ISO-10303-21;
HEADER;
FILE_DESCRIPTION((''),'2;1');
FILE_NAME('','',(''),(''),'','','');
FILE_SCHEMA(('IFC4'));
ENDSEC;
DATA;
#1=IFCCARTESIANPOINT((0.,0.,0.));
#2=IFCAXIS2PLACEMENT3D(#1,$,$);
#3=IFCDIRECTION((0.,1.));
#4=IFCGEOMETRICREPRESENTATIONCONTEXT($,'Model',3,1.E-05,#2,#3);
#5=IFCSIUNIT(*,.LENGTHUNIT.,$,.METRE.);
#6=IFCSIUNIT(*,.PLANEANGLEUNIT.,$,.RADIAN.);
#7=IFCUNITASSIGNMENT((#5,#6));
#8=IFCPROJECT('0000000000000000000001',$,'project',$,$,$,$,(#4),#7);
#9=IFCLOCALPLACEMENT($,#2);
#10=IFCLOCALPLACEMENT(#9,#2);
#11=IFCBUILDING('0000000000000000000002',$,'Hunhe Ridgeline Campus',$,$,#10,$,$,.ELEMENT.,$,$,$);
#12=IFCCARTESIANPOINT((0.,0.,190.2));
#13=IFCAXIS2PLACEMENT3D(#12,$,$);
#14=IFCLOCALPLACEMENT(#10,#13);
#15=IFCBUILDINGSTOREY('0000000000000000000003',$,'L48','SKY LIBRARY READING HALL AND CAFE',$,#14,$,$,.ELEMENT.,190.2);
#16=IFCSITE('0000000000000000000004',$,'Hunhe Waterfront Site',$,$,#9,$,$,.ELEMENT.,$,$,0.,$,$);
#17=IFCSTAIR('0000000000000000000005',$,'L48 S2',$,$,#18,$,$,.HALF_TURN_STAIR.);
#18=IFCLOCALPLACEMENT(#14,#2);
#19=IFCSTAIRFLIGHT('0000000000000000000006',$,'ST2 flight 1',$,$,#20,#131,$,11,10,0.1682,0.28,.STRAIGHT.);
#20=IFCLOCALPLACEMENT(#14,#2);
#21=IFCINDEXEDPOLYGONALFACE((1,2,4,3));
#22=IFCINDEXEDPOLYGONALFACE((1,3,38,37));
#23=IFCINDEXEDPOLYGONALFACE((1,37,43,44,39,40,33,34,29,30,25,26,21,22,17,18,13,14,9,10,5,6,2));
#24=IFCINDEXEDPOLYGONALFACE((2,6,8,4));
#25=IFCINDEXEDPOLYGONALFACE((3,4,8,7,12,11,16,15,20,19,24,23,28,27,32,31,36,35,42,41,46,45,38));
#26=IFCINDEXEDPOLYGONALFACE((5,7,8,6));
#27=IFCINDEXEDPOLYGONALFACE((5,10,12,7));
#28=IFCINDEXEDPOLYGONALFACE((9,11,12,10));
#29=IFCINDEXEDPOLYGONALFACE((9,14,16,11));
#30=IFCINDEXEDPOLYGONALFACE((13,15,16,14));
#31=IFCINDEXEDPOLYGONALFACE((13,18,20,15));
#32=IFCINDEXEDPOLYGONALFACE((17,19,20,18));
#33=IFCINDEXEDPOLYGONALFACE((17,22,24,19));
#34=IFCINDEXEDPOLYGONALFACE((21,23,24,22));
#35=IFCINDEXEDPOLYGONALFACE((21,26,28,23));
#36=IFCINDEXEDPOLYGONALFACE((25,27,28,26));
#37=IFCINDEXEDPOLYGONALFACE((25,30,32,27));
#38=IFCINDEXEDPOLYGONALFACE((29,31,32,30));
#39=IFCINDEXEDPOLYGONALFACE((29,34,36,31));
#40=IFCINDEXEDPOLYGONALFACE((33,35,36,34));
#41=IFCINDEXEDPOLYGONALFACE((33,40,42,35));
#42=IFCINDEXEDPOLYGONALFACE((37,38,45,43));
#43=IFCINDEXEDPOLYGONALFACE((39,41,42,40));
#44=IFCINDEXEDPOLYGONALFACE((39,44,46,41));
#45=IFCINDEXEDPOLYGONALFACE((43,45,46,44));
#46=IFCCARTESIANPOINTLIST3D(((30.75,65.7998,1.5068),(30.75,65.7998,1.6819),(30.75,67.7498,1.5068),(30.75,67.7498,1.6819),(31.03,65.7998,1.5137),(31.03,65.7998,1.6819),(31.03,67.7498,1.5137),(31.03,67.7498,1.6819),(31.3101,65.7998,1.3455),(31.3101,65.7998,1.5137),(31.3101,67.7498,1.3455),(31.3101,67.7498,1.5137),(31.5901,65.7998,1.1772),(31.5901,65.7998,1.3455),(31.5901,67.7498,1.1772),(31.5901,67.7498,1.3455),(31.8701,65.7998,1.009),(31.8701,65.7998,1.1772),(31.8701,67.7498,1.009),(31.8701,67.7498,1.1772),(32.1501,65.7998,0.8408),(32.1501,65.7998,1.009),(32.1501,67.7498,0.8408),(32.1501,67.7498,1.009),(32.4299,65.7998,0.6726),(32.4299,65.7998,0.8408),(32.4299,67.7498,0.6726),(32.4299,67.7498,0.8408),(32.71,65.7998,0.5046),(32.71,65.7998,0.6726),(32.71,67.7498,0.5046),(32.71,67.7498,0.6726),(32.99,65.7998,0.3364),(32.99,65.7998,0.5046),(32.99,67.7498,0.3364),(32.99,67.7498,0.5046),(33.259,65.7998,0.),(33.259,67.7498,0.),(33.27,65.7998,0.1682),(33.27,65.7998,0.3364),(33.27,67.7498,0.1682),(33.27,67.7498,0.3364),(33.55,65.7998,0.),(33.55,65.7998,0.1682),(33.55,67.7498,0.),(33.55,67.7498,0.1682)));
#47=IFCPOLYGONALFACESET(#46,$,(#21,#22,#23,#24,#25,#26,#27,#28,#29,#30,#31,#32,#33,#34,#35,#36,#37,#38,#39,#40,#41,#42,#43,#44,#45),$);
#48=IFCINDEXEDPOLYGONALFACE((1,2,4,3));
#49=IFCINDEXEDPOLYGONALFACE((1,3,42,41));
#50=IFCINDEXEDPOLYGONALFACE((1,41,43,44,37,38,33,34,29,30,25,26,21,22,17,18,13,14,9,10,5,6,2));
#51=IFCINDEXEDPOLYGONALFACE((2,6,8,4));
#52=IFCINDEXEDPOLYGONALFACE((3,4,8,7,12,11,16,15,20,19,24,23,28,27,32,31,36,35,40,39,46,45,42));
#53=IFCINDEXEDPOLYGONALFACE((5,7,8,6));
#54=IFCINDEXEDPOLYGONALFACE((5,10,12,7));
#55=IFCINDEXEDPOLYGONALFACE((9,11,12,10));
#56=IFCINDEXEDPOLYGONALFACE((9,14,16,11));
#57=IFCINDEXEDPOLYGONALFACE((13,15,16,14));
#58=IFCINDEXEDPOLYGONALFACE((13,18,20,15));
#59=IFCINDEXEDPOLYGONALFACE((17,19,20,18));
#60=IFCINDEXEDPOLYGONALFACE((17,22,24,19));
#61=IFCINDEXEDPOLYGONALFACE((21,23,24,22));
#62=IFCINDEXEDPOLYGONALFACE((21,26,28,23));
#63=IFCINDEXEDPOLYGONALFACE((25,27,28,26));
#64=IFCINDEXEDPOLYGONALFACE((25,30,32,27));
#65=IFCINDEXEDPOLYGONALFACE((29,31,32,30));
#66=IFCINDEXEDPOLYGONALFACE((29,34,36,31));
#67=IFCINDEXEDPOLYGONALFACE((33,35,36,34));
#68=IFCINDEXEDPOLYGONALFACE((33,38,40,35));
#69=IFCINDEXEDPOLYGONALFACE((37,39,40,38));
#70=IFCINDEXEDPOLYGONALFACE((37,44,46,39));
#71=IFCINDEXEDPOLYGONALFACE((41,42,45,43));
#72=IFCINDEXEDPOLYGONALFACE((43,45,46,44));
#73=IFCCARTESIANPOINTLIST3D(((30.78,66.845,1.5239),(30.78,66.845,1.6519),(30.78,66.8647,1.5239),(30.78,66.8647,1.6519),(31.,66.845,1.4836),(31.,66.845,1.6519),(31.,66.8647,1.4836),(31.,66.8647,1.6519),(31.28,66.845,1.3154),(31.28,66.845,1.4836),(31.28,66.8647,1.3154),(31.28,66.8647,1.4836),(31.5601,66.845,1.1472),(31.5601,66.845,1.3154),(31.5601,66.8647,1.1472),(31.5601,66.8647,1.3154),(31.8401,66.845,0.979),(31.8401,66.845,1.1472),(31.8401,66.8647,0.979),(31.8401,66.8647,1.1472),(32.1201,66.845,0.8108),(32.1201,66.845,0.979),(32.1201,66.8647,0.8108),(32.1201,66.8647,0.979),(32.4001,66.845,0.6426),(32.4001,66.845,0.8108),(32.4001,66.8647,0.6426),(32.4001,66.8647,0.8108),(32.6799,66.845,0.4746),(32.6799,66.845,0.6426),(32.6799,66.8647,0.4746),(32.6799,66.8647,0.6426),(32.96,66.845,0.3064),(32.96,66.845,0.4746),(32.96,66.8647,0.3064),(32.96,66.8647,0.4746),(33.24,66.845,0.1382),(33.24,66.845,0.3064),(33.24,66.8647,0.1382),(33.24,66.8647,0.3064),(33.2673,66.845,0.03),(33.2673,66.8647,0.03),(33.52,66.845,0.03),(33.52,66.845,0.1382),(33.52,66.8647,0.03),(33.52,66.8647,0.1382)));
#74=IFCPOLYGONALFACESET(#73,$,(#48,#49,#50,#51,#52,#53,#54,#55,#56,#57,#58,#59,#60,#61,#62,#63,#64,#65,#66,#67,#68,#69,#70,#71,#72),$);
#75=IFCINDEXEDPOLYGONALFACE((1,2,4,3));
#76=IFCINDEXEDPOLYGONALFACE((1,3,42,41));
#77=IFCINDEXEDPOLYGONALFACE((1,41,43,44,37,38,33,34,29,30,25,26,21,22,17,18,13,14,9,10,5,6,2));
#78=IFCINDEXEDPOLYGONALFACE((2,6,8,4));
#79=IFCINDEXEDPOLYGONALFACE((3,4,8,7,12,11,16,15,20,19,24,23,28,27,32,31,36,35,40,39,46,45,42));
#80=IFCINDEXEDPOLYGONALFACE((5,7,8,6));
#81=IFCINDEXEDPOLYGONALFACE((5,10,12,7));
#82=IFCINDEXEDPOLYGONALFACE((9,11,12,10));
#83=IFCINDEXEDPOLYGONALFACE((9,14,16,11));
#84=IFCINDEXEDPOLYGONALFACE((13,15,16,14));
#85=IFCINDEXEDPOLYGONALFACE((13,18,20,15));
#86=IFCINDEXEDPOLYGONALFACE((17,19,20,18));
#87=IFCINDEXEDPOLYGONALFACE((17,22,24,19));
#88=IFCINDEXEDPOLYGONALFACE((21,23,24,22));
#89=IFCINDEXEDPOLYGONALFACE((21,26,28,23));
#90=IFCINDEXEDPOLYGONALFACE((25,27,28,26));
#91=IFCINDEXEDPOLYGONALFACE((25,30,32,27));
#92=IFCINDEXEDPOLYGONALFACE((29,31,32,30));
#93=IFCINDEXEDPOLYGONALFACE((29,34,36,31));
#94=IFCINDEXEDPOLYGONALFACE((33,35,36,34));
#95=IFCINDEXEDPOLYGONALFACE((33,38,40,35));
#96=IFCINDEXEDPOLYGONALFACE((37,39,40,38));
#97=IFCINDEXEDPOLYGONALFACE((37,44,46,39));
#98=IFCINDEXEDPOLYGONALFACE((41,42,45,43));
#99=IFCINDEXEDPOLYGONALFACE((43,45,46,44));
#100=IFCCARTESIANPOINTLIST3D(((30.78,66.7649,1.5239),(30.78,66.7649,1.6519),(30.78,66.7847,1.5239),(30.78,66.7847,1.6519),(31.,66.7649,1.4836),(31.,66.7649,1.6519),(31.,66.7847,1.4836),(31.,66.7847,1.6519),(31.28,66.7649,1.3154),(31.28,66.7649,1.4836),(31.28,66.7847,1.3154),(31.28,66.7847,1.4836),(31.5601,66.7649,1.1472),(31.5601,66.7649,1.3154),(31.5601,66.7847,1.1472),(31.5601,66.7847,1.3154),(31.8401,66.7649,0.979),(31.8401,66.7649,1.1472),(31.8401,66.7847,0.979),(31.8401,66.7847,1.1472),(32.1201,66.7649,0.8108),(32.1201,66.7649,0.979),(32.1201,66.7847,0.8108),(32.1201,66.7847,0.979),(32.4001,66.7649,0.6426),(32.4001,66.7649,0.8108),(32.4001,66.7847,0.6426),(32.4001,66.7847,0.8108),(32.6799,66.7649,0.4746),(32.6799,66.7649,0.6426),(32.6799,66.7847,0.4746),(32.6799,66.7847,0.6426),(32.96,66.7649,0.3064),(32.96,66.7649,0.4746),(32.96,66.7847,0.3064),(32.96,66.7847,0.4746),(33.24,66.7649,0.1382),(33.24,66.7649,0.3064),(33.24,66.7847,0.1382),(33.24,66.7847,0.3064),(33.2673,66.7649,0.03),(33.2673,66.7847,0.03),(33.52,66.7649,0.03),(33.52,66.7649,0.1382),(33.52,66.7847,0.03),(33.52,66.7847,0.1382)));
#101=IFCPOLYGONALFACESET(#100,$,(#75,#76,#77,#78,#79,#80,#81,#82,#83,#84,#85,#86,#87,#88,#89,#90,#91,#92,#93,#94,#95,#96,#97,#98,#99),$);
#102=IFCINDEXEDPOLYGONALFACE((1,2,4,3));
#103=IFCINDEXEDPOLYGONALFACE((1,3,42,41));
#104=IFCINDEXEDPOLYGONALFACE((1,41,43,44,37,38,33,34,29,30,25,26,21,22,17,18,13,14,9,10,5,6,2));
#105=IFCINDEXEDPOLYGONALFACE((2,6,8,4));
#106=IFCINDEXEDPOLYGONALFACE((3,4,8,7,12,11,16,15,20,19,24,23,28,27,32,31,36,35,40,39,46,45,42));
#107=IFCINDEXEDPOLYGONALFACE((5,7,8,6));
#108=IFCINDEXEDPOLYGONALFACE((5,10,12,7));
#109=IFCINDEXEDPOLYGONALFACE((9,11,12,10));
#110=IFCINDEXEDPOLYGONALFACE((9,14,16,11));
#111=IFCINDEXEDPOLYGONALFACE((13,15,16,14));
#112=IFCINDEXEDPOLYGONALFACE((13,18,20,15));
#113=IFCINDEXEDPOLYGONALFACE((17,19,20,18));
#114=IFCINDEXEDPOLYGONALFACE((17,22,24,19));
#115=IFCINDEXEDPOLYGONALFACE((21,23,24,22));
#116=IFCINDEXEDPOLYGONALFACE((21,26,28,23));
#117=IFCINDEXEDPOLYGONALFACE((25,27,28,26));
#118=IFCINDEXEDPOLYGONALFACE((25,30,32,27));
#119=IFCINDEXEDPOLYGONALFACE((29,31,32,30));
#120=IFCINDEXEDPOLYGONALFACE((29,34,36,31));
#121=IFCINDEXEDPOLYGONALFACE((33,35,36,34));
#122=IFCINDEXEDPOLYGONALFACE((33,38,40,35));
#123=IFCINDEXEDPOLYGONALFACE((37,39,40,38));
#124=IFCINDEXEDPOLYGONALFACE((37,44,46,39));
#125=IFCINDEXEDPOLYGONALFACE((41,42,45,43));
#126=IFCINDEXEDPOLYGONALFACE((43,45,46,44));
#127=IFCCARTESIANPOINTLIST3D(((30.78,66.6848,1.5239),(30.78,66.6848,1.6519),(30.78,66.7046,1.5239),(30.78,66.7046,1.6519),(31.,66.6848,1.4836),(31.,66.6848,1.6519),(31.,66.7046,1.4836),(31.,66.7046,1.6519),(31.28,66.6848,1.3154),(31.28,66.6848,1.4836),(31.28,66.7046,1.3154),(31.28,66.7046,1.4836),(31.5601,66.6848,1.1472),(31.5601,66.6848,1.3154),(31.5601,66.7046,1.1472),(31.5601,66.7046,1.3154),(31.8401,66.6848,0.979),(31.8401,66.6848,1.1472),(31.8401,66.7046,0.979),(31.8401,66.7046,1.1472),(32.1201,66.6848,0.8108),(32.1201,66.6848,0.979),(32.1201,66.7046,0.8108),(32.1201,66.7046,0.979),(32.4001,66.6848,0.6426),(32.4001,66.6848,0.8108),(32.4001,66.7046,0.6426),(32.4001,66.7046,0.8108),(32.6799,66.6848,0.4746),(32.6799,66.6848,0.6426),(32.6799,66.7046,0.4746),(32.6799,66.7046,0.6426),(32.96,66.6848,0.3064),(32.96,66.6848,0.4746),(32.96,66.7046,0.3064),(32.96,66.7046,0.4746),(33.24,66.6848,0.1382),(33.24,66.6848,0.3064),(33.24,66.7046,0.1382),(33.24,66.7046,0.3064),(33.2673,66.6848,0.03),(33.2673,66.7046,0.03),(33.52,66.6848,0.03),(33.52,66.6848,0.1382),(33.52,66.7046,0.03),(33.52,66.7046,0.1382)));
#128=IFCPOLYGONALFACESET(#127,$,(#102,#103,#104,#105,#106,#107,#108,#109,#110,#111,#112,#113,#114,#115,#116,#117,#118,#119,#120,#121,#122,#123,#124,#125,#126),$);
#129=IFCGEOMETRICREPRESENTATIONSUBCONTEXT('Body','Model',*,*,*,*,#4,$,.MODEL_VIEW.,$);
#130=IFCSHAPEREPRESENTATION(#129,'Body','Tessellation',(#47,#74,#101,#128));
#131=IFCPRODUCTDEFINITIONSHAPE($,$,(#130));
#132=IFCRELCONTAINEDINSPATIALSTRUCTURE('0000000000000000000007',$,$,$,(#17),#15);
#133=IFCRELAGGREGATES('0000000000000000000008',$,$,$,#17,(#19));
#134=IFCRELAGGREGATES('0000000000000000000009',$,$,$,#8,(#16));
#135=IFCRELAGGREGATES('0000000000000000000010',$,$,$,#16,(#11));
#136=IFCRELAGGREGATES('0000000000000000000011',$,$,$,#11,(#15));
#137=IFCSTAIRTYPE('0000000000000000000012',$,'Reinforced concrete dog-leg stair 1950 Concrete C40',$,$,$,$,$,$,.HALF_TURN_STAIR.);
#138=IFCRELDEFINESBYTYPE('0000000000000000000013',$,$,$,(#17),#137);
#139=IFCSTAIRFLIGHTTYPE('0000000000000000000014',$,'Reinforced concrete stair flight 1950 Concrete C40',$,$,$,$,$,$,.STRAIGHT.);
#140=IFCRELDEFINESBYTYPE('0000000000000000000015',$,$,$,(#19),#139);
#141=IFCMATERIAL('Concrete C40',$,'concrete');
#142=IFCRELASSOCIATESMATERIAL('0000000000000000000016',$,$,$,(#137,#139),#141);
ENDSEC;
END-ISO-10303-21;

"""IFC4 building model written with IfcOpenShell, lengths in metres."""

from ifc_helpers import new_model, si_unit, direction, frame, origin, place, context, subcontext, project, spatial, polyline, outline, extrude, material, type_object, element, aggregate, save


model = new_model("IFC4")

# Units and contexts
model_context = context("Model", 3, precision=1e-05, world=origin(), true_north=direction((0.0, 1.0)))
body_context = subcontext(model_context, "Body", "Model", "MODEL_VIEW")
ifc_project = project(units=[si_unit("LENGTHUNIT", "METRE"), si_unit("PLANEANGLEUNIT", "RADIAN")], contexts=[model_context])

# Site, building, storey
site_placement = place(None, origin())
site = spatial("IfcSite", under=ifc_project, at=site_placement, Name="Hunhe Waterfront Site", CompositionType="ELEMENT", RefElevation=0.0)
building_placement = place(site_placement, origin())
building = spatial("IfcBuilding", under=site, at=building_placement, Name="Hunhe Ridgeline Campus", CompositionType="ELEMENT")
storey_placement = place(building_placement, frame((0.0, 0.0, 190.2)))
storey = spatial("IfcBuildingStorey", under=building, at=storey_placement, Name="L48", Description="SKY LIBRARY READING HALL AND CAFE", CompositionType="ELEMENT", Elevation=190.2)

# Stair, stair flight
ifc_material_1 = material(Name="Concrete C40", Category="concrete")
stair_type = type_object("IfcStairType", Name="Reinforced concrete dog-leg stair 1950 Concrete C40", PredefinedType="HALF_TURN_STAIR", material=ifc_material_1)
stair_placement = place(storey_placement, origin())
stair = element("IfcStair", 1, at=stair_placement, inside=storey, type_object=stair_type, Name="L48 S2", PredefinedType="HALF_TURN_STAIR")
stair_flight_type = type_object("IfcStairFlightType", Name="Reinforced concrete stair flight 1950 Concrete C40", PredefinedType="STRAIGHT", material=ifc_material_1)
stair_flight_1_placement = place(storey_placement, frame((33.55, 66.7749, 0.0), z_axis=(0.0, 0.0, 1.0), x_axis=(-1.0, 0.0, 0.0)))
stair_flight_1 = element("IfcStairFlight", 2, at=stair_flight_1_placement, type_object=stair_flight_type, Name="ST2 flight 1", NumberOfRisers=11, NumberOfTreads=10, PredefinedType="STRAIGHT", RiserHeight=0.1682, TreadLength=0.28, context=body_context, shape_type="SweptSolid", body=[
    extrude(outline(polyline([(0.0, 0.0), (0.0, 0.1682), (0.28, 0.1682), (0.28, 0.3364), (0.5601, 0.3364), (0.5601, 0.5046), (0.8401, 0.5046), (0.8401, 0.6726), (1.1201, 0.6726), (1.1201, 0.8408), (1.3999, 0.8408), (1.3999, 1.009), (1.6799, 1.009), (1.6799, 1.1772), (1.96, 1.1772), (1.96, 1.3455), (2.24, 1.3455), (2.24, 1.5137), (2.52, 1.5137), (2.52, 1.6819), (2.8, 1.6819), (2.8, 1.8501), (2.8, 1.5068), (0.291, 0.0), (0.0, 0.0)])), frame((0.0, 0.9751, 0.0), z_axis=(0.0, -1.0, 0.0), x_axis=(1.0, 0.0, 0.0)), (0.0, 0.0, 1.0), 1.95),
    extrude(outline(polyline([(0.03, 0.03), (0.03, 0.1382), (0.3101, 0.1382), (0.3101, 0.3064), (0.5901, 0.3064), (0.5901, 0.4746), (0.8701, 0.4746), (0.8701, 0.6426), (1.1499, 0.6426), (1.1499, 0.8108), (1.4299, 0.8108), (1.4299, 0.979), (1.71, 0.979), (1.71, 1.1472), (1.99, 1.1472), (1.99, 1.3154), (2.27, 1.3154), (2.27, 1.4836), (2.55, 1.4836), (2.55, 1.6519), (2.77, 1.6519), (2.77, 1.5239), (0.2827, 0.03), (0.03, 0.03)])), frame((0.0, -0.0701, 0.0), z_axis=(0.0, -1.0, 0.0), x_axis=(1.0, 0.0, 0.0)), (0.0, 0.0, 1.0), 0.0198),
    extrude(outline(polyline([(0.03, 0.03), (0.03, 0.1382), (0.3101, 0.1382), (0.3101, 0.3064), (0.5901, 0.3064), (0.5901, 0.4746), (0.8701, 0.4746), (0.8701, 0.6426), (1.1499, 0.6426), (1.1499, 0.8108), (1.4299, 0.8108), (1.4299, 0.979), (1.71, 0.979), (1.71, 1.1472), (1.99, 1.1472), (1.99, 1.3154), (2.27, 1.3154), (2.27, 1.4836), (2.55, 1.4836), (2.55, 1.6519), (2.77, 1.6519), (2.77, 1.5239), (0.2827, 0.03), (0.03, 0.03)])), frame((0.0, 0.01, 0.0), z_axis=(0.0, -1.0, 0.0), x_axis=(1.0, 0.0, 0.0)), (0.0, 0.0, 1.0), 0.0198),
    extrude(outline(polyline([(0.03, 0.03), (0.03, 0.1382), (0.3101, 0.1382), (0.3101, 0.3064), (0.5901, 0.3064), (0.5901, 0.4746), (0.8701, 0.4746), (0.8701, 0.6426), (1.1499, 0.6426), (1.1499, 0.8108), (1.4299, 0.8108), (1.4299, 0.979), (1.71, 0.979), (1.71, 1.1472), (1.99, 1.1472), (1.99, 1.3154), (2.27, 1.3154), (2.27, 1.4836), (2.55, 1.4836), (2.55, 1.6519), (2.77, 1.6519), (2.77, 1.5239), (0.2827, 0.03), (0.03, 0.03)])), frame((0.0, 0.0901, 0.0), z_axis=(0.0, -1.0, 0.0), x_axis=(1.0, 0.0, 0.0)), (0.0, 0.0, 1.0), 0.0198),
])
aggregate(stair, [stair_flight_1])

save(model, "model.ifc")
